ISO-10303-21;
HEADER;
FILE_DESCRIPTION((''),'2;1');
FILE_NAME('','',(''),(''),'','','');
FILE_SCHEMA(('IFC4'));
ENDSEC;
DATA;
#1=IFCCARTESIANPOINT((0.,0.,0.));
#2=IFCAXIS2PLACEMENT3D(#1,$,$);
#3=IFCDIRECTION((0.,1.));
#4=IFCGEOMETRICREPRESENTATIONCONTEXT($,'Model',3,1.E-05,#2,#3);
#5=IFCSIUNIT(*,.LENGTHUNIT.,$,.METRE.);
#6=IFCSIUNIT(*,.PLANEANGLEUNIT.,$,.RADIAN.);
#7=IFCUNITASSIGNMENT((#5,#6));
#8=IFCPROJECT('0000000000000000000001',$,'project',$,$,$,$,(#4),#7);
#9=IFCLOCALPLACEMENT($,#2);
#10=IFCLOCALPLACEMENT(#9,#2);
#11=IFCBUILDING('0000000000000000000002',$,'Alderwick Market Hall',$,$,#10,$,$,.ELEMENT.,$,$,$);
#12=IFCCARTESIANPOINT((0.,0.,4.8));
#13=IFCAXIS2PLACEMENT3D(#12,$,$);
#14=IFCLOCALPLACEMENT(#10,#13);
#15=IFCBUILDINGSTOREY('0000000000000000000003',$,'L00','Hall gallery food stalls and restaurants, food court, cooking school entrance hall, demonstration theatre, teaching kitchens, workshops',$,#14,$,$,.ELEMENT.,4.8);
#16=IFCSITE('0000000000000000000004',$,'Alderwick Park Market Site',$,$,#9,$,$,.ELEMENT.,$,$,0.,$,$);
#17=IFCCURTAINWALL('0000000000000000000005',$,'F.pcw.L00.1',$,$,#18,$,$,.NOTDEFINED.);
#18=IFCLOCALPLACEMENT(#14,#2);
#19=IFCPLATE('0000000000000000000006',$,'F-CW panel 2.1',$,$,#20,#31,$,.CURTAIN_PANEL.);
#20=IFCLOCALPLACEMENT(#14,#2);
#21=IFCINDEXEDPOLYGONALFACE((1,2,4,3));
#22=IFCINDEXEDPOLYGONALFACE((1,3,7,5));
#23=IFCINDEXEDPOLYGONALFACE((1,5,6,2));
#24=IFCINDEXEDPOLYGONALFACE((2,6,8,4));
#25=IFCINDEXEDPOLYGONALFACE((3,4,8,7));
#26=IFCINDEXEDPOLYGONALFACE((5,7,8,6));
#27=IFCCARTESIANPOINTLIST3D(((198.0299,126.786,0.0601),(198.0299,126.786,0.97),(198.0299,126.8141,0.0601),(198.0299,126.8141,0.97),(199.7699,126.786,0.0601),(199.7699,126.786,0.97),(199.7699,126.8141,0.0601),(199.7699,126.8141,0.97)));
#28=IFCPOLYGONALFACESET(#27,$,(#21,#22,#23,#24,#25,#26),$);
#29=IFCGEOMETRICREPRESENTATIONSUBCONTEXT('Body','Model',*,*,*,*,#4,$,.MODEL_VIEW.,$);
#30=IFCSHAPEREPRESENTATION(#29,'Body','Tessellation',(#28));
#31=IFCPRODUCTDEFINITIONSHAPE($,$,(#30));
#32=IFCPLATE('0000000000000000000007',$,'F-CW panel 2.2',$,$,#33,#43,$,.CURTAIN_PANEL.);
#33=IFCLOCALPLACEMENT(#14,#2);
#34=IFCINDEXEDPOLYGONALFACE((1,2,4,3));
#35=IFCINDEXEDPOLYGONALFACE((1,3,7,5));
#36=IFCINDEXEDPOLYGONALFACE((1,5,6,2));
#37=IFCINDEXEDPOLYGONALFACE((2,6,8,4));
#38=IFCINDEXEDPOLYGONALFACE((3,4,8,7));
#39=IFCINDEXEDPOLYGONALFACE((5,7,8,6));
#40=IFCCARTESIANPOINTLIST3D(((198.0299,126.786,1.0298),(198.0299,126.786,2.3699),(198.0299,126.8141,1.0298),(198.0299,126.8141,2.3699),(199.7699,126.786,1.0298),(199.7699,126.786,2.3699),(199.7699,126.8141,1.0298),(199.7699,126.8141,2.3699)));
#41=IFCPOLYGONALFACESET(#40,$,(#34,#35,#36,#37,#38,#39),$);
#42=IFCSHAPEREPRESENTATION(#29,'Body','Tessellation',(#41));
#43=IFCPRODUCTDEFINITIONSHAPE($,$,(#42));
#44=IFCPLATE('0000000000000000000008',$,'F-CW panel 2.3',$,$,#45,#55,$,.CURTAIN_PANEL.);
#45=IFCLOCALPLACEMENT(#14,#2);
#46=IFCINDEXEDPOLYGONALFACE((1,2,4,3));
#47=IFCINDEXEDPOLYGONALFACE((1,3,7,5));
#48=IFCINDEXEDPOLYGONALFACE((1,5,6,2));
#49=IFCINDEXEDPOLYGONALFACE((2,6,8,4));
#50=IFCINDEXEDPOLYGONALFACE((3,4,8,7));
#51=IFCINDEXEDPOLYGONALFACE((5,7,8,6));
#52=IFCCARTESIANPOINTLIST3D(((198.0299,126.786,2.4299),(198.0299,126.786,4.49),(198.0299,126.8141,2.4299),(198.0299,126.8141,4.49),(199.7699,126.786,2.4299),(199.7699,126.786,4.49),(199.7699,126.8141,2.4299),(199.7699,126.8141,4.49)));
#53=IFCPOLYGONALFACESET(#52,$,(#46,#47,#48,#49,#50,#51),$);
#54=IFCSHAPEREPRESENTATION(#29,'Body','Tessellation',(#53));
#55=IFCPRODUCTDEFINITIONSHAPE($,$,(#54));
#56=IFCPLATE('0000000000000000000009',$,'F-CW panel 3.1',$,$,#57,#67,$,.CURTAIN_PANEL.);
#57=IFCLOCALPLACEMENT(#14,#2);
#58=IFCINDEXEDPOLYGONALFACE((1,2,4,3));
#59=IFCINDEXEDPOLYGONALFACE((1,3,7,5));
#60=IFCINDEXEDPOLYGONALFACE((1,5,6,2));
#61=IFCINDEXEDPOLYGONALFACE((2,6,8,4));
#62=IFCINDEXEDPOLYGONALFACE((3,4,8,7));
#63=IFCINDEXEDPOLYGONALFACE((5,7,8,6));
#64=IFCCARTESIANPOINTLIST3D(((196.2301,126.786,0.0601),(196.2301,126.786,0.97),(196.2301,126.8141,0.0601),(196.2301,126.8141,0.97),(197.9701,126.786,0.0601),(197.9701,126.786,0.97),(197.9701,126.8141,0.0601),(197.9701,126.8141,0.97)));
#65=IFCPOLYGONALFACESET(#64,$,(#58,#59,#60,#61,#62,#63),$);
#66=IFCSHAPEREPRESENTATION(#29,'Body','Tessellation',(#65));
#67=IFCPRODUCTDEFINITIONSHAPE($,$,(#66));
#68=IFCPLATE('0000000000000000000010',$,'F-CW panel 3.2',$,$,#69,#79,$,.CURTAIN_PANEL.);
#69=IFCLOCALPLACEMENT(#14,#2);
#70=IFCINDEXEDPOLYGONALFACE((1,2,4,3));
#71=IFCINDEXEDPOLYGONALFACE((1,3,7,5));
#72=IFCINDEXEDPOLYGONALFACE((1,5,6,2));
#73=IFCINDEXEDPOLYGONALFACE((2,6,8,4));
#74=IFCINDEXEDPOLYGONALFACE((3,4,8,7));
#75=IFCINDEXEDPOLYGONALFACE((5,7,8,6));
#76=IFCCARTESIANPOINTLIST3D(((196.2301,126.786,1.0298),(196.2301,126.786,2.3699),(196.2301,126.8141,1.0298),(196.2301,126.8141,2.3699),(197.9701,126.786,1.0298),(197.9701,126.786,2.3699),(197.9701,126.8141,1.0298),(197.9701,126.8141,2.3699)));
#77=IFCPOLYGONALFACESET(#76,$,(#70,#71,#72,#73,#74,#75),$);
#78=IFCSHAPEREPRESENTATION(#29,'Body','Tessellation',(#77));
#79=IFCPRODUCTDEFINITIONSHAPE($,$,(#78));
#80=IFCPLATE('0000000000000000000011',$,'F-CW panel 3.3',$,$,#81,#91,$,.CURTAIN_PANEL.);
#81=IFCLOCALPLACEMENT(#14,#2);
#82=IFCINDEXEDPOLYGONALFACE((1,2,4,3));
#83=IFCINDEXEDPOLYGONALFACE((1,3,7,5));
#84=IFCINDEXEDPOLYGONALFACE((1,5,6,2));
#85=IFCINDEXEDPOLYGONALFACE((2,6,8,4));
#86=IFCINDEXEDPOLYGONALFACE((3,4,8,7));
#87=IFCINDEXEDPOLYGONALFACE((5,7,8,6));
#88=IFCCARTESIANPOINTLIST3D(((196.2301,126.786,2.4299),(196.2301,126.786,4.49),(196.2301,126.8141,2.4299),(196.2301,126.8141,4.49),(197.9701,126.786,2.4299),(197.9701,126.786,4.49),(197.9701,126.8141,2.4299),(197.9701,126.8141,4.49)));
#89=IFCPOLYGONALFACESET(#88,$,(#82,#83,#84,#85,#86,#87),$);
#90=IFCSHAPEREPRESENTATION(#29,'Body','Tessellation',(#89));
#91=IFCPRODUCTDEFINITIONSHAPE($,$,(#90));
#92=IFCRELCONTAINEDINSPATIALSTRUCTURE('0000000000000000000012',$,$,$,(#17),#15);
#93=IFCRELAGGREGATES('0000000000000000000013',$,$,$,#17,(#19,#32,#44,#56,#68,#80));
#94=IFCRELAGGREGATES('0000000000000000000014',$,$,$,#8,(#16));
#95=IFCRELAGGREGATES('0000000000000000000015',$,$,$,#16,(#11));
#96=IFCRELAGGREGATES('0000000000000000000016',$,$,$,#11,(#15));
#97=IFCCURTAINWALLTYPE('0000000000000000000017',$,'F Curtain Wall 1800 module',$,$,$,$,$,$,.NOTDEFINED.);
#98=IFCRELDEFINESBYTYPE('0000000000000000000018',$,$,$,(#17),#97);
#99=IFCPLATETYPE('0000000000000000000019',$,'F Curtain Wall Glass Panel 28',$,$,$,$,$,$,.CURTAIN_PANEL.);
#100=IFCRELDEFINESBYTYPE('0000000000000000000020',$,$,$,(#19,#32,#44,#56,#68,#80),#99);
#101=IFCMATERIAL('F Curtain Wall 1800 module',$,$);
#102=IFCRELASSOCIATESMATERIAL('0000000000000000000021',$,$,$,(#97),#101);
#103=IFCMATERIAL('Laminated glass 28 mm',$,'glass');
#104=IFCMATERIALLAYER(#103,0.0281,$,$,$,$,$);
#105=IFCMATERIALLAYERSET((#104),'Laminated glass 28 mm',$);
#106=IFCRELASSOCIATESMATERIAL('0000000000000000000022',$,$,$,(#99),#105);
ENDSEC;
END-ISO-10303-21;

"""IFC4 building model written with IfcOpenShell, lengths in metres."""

from ifc_helpers import new_model, si_unit, direction, frame, origin, origin_2d, place, context, subcontext, project, spatial, rectangle, extrude, material, layer, layer_set, type_object, element, aggregate, save


model = new_model("IFC4")

# Units and contexts
model_context = context("Model", 3, precision=1e-05, world=origin(), true_north=direction((0.0, 1.0)))
body_context = subcontext(model_context, "Body", "Model", "MODEL_VIEW")
ifc_project = project(units=[si_unit("LENGTHUNIT", "METRE"), si_unit("PLANEANGLEUNIT", "RADIAN")], contexts=[model_context])

# Site, building, storey
site_placement = place(None, origin())
site = spatial("IfcSite", under=ifc_project, at=site_placement, Name="Alderwick Park Market Site", CompositionType="ELEMENT", RefElevation=0.0)
building_placement = place(site_placement, origin())
building = spatial("IfcBuilding", under=site, at=building_placement, Name="Alderwick Market Hall", CompositionType="ELEMENT")
storey_placement = place(building_placement, frame((0.0, 0.0, 4.8)))
storey = spatial("IfcBuildingStorey", under=building, at=storey_placement, Name="L00", Description="Hall gallery food stalls and restaurants, food court, cooking school entrance hall, demonstration theatre, teaching kitchens, workshops", CompositionType="ELEMENT", Elevation=4.8)

# Curtain wall, plates
ifc_material_1 = material(Name="F Curtain Wall 1800 module")
curtain_wall_type = type_object("IfcCurtainWallType", Name="F Curtain Wall 1800 module", PredefinedType="NOTDEFINED", material=ifc_material_1)
curtain_wall_placement = place(storey_placement, origin())
curtain_wall = element("IfcCurtainWall", 1, at=curtain_wall_placement, inside=storey, type_object=curtain_wall_type, Name="F.pcw.L00.1", PredefinedType="NOTDEFINED")
ifc_material_2 = material(Name="Laminated glass 28 mm", Category="glass")
ifc_layer = layer(ifc_material_2, 0.0281)
ifc_layer_set = layer_set([ifc_layer], Name="Laminated glass 28 mm")
plate_type = type_object("IfcPlateType", Name="F Curtain Wall Glass Panel 28", PredefinedType="CURTAIN_PANEL", material=ifc_layer_set)
plate_1_placement = place(storey_placement, frame((198.8999, 126.8, 0.0601), z_axis=(0.0, 0.0, 1.0), x_axis=(-1.0, 0.0, 0.0)))
plate_1 = element("IfcPlate", 2, at=plate_1_placement, type_object=plate_type, Name="F-CW panel 2.1", PredefinedType="CURTAIN_PANEL", context=body_context, shape_type="SweptSolid", body=[
    extrude(rectangle(XDim=1.74, YDim=0.0281, at=origin_2d()), origin(), (0.0, 0.0, 1.0), 0.9099),
])
plate_2_placement = place(storey_placement, frame((198.8999, 126.8, 1.0298), z_axis=(0.0, 0.0, 1.0), x_axis=(-1.0, 0.0, 0.0)))
plate_2 = element("IfcPlate", 3, at=plate_2_placement, type_object=plate_type, Name="F-CW panel 2.2", PredefinedType="CURTAIN_PANEL", context=body_context, shape_type="SweptSolid", body=[
    extrude(rectangle(XDim=1.74, YDim=0.0281, at=origin_2d()), origin(), (0.0, 0.0, 1.0), 1.3401),
])
plate_3_placement = place(storey_placement, frame((198.8999, 126.8, 2.4299), z_axis=(0.0, 0.0, 1.0), x_axis=(-1.0, 0.0, 0.0)))
plate_3 = element("IfcPlate", 4, at=plate_3_placement, type_object=plate_type, Name="F-CW panel 2.3", PredefinedType="CURTAIN_PANEL", context=body_context, shape_type="SweptSolid", body=[
    extrude(rectangle(XDim=1.74, YDim=0.0281, at=origin_2d()), origin(), (0.0, 0.0, 1.0), 2.0601),
])
plate_4_placement = place(storey_placement, frame((197.1001, 126.8, 0.0601), z_axis=(0.0, 0.0, 1.0), x_axis=(-1.0, 0.0, 0.0)))
plate_4 = element("IfcPlate", 5, at=plate_4_placement, type_object=plate_type, Name="F-CW panel 3.1", PredefinedType="CURTAIN_PANEL", context=body_context, shape_type="SweptSolid", body=[
    extrude(rectangle(XDim=1.74, YDim=0.0281, at=origin_2d()), origin(), (0.0, 0.0, 1.0), 0.9099),
])
plate_5_placement = place(storey_placement, frame((197.1001, 126.8, 1.0298), z_axis=(0.0, 0.0, 1.0), x_axis=(-1.0, 0.0, 0.0)))
plate_5 = element("IfcPlate", 6, at=plate_5_placement, type_object=plate_type, Name="F-CW panel 3.2", PredefinedType="CURTAIN_PANEL", context=body_context, shape_type="SweptSolid", body=[
    extrude(rectangle(XDim=1.74, YDim=0.0281, at=origin_2d()), origin(), (0.0, 0.0, 1.0), 1.3401),
])
plate_6_placement = place(storey_placement, frame((197.1001, 126.8, 2.4299), z_axis=(0.0, 0.0, 1.0), x_axis=(-1.0, 0.0, 0.0)))
plate_6 = element("IfcPlate", 7, at=plate_6_placement, type_object=plate_type, Name="F-CW panel 3.3", PredefinedType="CURTAIN_PANEL", context=body_context, shape_type="SweptSolid", body=[
    extrude(rectangle(XDim=1.74, YDim=0.0281, at=origin_2d()), origin(), (0.0, 0.0, 1.0), 2.0601),
])
aggregate(curtain_wall, [plate_1, plate_2, plate_3, plate_4, plate_5, plate_6])

save(model, "model.ifc")
